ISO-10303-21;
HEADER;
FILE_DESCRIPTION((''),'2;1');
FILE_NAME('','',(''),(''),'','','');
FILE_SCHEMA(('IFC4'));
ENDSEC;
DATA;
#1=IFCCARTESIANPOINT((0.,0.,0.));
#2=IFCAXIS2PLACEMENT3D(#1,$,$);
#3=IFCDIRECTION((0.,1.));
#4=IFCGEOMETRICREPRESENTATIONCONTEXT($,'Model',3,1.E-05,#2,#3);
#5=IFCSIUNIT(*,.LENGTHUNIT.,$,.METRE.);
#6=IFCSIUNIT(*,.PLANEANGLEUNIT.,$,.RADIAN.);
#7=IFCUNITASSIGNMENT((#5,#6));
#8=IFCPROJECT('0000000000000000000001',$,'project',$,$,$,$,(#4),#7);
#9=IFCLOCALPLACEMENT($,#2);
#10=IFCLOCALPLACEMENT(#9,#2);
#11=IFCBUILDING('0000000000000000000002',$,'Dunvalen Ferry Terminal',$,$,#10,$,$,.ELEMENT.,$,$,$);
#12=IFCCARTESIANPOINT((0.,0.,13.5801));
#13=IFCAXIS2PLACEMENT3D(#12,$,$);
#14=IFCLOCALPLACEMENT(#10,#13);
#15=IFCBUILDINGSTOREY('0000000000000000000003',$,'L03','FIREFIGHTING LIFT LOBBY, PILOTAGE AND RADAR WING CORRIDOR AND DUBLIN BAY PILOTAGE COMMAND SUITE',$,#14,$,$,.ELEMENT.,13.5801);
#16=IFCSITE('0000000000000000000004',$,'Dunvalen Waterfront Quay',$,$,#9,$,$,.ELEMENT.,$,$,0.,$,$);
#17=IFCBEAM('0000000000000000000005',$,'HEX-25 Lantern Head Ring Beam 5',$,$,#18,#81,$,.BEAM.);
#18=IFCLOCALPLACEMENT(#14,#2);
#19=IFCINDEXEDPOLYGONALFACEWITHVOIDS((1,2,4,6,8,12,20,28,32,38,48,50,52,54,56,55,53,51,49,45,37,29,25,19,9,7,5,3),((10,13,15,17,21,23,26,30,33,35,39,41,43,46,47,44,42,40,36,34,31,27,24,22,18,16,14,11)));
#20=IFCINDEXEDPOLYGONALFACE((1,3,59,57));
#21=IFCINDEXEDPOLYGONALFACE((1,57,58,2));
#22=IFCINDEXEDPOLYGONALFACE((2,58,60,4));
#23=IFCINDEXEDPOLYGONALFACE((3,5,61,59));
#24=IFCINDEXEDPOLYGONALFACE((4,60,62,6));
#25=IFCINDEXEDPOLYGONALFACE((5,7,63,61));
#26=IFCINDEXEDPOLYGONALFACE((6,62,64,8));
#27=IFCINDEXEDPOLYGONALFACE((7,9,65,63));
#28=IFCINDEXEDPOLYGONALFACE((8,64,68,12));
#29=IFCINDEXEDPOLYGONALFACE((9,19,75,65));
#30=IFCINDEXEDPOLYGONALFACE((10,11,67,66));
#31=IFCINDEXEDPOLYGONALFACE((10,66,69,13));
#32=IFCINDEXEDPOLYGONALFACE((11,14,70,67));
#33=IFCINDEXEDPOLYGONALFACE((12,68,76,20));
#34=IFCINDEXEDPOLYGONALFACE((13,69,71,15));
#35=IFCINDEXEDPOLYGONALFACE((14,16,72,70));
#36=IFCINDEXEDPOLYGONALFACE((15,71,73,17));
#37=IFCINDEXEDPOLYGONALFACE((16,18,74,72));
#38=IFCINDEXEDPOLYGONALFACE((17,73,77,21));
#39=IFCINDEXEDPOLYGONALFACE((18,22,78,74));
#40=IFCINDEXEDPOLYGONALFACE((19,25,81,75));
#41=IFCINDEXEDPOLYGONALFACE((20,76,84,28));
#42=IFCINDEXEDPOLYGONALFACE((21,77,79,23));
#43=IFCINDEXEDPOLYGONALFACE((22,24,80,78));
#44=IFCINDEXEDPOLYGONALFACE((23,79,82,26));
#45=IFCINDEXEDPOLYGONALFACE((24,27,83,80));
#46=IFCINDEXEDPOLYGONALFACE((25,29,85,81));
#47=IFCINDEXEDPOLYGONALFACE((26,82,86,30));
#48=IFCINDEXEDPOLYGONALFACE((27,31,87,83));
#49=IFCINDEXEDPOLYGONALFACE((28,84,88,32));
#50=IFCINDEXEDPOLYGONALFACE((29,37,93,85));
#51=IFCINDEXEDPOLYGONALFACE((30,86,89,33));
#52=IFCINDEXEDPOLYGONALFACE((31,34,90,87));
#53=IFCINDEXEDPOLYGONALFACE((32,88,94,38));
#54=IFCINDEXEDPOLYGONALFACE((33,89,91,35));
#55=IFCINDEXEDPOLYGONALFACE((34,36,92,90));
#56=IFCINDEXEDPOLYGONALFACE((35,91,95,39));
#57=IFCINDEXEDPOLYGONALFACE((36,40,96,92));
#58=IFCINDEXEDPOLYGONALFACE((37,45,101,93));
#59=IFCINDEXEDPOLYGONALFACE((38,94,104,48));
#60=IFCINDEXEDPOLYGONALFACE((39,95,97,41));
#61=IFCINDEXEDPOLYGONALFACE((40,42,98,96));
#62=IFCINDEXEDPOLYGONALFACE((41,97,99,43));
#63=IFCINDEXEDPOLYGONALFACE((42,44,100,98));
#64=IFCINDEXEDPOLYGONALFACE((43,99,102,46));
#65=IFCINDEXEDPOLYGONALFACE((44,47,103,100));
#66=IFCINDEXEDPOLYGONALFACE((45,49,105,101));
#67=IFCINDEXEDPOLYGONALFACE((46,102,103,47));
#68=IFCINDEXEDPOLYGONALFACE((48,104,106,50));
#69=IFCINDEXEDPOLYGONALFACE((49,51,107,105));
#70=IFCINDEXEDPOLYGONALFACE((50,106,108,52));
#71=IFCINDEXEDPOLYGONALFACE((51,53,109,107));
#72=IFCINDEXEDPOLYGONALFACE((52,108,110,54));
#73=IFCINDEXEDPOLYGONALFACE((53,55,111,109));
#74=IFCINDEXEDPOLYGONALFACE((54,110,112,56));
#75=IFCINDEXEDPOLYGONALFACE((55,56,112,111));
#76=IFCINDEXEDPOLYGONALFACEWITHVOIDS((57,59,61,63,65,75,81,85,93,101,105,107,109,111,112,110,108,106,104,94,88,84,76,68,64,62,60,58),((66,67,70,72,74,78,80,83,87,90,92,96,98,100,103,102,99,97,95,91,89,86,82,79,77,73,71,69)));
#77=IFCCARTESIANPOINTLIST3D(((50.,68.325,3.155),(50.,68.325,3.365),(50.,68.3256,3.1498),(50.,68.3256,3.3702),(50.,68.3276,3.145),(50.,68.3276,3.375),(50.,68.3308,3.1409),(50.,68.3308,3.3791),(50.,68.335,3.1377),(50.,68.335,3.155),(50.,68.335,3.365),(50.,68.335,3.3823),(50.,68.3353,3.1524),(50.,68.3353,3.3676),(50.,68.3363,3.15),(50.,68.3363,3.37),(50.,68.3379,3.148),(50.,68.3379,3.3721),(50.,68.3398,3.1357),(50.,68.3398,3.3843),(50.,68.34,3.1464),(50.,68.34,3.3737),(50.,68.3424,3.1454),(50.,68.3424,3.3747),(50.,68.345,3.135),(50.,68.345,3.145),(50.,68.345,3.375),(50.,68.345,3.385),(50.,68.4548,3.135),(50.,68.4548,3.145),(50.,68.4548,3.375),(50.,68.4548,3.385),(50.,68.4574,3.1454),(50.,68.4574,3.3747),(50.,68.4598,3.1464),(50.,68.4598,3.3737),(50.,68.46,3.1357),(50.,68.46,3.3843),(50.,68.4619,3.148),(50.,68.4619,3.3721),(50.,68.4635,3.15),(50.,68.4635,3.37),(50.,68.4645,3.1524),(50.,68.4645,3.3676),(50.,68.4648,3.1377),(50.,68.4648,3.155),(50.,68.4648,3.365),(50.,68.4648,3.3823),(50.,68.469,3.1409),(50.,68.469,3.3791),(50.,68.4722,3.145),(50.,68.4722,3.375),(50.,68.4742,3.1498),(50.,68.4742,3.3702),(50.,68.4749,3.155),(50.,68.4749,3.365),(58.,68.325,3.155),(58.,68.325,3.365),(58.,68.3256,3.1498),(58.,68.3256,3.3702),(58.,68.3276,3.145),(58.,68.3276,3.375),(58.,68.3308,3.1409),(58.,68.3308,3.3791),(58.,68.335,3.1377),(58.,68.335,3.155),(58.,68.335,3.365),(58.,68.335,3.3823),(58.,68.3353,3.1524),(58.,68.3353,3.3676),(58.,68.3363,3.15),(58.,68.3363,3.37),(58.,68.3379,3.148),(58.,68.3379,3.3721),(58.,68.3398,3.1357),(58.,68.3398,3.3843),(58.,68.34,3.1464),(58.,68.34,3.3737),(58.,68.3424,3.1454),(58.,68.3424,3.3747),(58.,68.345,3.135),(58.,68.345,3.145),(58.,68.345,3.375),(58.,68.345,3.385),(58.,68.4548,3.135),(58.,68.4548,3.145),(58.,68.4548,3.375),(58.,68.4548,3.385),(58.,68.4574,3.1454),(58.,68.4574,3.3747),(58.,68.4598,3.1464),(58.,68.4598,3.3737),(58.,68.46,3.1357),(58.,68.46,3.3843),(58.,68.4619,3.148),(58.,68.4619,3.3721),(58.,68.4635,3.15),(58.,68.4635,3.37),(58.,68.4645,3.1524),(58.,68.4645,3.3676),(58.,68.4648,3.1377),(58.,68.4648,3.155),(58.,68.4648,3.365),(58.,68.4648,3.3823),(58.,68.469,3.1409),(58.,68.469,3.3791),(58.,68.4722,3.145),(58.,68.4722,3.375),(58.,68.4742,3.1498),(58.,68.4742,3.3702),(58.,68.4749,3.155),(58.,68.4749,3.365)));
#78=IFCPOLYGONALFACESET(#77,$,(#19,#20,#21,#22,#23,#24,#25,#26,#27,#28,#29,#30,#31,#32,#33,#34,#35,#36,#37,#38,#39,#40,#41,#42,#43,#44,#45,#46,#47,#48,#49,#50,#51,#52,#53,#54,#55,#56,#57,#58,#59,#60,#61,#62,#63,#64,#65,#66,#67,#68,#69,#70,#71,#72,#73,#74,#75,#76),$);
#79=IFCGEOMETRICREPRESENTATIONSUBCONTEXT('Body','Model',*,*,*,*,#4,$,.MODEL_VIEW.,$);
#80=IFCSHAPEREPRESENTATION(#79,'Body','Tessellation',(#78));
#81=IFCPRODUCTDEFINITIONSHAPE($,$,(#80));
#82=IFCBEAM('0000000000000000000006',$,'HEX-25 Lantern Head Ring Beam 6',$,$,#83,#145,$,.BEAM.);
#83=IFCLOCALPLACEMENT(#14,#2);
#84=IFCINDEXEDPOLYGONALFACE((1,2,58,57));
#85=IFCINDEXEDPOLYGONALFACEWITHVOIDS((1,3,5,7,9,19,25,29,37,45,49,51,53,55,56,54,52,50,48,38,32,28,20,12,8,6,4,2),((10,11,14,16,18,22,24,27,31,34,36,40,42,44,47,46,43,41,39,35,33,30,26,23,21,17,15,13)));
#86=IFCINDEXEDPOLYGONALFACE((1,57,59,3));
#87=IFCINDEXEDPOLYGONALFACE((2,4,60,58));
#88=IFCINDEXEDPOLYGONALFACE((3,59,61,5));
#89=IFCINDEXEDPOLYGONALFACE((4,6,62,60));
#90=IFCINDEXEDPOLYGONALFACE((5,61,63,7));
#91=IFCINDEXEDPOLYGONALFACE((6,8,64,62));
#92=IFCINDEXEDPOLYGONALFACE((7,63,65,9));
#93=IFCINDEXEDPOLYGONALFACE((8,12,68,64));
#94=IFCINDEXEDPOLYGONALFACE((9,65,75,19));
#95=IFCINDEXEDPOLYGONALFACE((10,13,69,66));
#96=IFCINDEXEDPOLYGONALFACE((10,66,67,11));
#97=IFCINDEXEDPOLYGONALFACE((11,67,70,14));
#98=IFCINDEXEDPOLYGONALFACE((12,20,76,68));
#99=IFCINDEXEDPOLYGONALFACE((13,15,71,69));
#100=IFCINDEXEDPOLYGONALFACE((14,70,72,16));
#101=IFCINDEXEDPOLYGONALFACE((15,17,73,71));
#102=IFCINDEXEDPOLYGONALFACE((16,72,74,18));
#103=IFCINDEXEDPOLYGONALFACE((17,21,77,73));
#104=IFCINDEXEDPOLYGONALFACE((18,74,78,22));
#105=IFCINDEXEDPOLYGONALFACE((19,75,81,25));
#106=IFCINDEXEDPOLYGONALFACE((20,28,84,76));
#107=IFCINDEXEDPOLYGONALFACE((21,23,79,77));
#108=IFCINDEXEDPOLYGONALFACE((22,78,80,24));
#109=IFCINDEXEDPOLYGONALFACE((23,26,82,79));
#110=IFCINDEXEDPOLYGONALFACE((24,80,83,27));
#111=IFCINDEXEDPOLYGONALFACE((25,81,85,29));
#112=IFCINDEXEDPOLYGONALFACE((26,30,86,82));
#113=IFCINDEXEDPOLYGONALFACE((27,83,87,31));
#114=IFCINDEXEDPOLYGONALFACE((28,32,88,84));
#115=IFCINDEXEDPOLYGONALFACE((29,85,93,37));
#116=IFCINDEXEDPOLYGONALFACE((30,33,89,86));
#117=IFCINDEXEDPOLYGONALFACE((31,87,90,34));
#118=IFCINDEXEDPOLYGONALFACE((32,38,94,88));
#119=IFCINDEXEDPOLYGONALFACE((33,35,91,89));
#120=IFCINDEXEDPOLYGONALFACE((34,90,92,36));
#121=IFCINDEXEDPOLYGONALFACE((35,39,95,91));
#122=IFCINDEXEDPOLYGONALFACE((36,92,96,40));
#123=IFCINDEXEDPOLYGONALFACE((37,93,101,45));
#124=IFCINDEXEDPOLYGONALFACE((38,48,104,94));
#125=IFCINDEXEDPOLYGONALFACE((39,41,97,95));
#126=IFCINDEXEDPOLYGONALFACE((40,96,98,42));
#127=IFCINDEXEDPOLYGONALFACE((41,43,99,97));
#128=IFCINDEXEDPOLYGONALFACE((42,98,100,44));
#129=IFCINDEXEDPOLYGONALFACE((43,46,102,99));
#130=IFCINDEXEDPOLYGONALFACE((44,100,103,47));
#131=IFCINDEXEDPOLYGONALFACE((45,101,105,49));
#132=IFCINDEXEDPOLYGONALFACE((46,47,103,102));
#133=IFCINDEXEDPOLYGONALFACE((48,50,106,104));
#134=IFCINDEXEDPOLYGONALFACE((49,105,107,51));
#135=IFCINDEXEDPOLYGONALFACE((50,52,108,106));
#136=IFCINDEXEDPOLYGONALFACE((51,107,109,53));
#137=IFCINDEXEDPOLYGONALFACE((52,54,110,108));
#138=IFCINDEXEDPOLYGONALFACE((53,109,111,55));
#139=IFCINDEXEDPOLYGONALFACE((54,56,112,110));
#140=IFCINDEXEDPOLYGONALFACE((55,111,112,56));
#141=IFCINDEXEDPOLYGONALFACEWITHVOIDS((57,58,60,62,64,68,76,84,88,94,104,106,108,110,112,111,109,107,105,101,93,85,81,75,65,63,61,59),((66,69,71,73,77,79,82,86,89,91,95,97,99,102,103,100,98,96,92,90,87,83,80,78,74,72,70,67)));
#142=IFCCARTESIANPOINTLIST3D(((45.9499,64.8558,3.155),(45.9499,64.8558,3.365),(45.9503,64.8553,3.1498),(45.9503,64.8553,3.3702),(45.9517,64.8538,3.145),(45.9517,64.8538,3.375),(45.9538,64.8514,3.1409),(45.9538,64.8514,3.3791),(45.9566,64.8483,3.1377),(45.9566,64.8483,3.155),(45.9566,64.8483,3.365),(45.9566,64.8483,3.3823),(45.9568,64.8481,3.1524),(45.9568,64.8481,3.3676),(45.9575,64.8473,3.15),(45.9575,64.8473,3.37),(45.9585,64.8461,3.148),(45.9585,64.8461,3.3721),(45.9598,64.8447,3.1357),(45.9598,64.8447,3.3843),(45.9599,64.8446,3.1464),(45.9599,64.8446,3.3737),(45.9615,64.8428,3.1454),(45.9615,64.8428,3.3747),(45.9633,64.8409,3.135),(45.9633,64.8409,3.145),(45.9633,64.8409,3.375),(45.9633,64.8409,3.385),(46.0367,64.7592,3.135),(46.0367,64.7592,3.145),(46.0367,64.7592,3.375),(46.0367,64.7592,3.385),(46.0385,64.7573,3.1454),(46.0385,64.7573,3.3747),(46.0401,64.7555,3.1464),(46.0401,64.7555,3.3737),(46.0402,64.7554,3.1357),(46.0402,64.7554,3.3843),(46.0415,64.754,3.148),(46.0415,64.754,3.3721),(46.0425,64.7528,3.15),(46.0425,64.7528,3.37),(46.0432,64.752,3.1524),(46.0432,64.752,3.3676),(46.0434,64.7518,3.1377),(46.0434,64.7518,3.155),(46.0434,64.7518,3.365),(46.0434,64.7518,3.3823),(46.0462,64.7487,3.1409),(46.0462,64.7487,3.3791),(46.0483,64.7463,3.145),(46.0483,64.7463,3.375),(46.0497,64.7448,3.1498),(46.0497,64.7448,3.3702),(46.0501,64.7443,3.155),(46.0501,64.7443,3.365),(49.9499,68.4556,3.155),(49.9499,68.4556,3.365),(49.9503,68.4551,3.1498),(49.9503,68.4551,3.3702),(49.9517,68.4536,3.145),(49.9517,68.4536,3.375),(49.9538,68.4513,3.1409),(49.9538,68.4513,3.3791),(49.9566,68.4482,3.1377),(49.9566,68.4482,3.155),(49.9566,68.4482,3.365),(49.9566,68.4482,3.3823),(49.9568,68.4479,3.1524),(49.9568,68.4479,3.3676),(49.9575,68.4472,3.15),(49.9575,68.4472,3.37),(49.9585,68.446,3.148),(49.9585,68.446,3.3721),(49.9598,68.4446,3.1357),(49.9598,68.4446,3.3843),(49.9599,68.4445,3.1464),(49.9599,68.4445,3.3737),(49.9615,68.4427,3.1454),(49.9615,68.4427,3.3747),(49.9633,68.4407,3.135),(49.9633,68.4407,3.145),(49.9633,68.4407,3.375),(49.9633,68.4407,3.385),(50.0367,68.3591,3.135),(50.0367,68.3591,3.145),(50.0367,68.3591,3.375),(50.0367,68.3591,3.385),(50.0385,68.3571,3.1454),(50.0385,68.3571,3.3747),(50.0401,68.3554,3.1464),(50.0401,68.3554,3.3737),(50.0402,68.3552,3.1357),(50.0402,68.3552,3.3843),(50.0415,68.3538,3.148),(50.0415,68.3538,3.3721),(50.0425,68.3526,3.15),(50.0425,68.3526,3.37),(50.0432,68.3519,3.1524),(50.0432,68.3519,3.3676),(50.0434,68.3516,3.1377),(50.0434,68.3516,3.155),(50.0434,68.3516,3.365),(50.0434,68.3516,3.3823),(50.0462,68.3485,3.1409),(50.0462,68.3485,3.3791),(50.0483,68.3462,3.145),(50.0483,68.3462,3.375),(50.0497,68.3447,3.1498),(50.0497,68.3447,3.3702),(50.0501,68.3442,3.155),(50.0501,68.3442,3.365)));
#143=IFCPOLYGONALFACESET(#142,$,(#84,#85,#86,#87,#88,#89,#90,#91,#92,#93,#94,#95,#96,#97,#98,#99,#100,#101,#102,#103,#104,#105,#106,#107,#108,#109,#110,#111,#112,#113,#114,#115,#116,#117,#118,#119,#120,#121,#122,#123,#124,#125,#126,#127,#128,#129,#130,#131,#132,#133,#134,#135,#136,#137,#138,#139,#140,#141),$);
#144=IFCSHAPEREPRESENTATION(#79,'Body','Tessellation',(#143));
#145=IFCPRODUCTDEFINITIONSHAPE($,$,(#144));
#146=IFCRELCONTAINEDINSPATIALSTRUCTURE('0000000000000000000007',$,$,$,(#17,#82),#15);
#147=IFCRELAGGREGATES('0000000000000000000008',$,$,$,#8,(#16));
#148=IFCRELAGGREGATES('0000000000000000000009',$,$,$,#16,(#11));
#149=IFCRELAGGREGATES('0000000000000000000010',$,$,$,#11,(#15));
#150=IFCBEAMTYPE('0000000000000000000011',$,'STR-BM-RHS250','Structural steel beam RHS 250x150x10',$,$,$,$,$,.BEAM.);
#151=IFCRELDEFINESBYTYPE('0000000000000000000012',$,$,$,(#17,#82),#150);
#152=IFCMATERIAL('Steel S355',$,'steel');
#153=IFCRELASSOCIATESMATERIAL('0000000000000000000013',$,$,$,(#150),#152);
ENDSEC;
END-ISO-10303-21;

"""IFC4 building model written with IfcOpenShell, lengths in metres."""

from ifc_helpers import new_model, si_unit, direction, frame, origin, origin_2d, place, context, subcontext, project, spatial, hollow_rectangle, extrude, material, material_profile, profile_set, type_object, element, save


model = new_model("IFC4")

# Units and contexts
model_context = context("Model", 3, precision=1e-05, world=origin(), true_north=direction((0.0, 1.0)))
body_context = subcontext(model_context, "Body", "Model", "MODEL_VIEW")
ifc_project = project(units=[si_unit("LENGTHUNIT", "METRE"), si_unit("PLANEANGLEUNIT", "RADIAN")], contexts=[model_context])

# Site, building, storey
site_placement = place(None, origin())
site = spatial("IfcSite", under=ifc_project, at=site_placement, Name="Dunvalen Waterfront Quay", CompositionType="ELEMENT", RefElevation=0.0)
building_placement = place(site_placement, origin())
building = spatial("IfcBuilding", under=site, at=building_placement, Name="Dunvalen Ferry Terminal", CompositionType="ELEMENT")
storey_placement = place(building_placement, frame((0.0, 0.0, 13.5801)))
storey = spatial("IfcBuildingStorey", under=building, at=storey_placement, Name="L03", Description="FIREFIGHTING LIFT LOBBY, PILOTAGE AND RADAR WING CORRIDOR AND DUBLIN BAY PILOTAGE COMMAND SUITE", CompositionType="ELEMENT", Elevation=13.5801)

# Beams
ifc_material_1 = material(Name="Steel S355", Category="steel")
ifc_material_profile_1 = material_profile(ifc_material_1, hollow_rectangle(XDim=0.1499, YDim=0.25, WallThickness=0.01, InnerFilletRadius=0.01, OuterFilletRadius=0.02, at=origin_2d()), Name="Steel S355")
ifc_profile_set_1 = profile_set([ifc_material_profile_1], Name="Steel S355")
beam_type = type_object("IfcBeamType", Name="STR-BM-RHS250", Description="Structural steel beam RHS 250x150x10", PredefinedType="BEAM", material=ifc_profile_set_1)
beam_1_placement = place(storey_placement, frame((58.0, 68.3999, 3.26), z_axis=(-1.0, 0.0, 0.0), x_axis=(0.0, -1.0, 0.0)))
element("IfcBeam", 1, at=beam_1_placement, inside=storey, type_object=beam_type, Name="HEX-25 Lantern Head Ring Beam 5", PredefinedType="BEAM", context=body_context, shape_type="SweptSolid", body=[
    extrude(hollow_rectangle(XDim=0.1499, YDim=0.25, WallThickness=0.01, InnerFilletRadius=0.01, OuterFilletRadius=0.02, at=origin_2d()), origin(), (0.0, 0.0, 1.0), 8.0),
])
beam_2_placement = place(storey_placement, frame((50.0, 68.3999, 3.26), z_axis=(-0.743308, -0.66895, 0.0), x_axis=(0.66895, -0.743308, 0.0)))
element("IfcBeam", 2, at=beam_2_placement, inside=storey, type_object=beam_type, Name="HEX-25 Lantern Head Ring Beam 6", PredefinedType="BEAM", context=body_context, shape_type="SweptSolid", body=[
    extrude(hollow_rectangle(XDim=0.1499, YDim=0.25, WallThickness=0.01, InnerFilletRadius=0.01, OuterFilletRadius=0.02, at=origin_2d()), origin(), (0.0, 0.0, 1.0), 5.3813),
])

save(model, "model.ifc")
